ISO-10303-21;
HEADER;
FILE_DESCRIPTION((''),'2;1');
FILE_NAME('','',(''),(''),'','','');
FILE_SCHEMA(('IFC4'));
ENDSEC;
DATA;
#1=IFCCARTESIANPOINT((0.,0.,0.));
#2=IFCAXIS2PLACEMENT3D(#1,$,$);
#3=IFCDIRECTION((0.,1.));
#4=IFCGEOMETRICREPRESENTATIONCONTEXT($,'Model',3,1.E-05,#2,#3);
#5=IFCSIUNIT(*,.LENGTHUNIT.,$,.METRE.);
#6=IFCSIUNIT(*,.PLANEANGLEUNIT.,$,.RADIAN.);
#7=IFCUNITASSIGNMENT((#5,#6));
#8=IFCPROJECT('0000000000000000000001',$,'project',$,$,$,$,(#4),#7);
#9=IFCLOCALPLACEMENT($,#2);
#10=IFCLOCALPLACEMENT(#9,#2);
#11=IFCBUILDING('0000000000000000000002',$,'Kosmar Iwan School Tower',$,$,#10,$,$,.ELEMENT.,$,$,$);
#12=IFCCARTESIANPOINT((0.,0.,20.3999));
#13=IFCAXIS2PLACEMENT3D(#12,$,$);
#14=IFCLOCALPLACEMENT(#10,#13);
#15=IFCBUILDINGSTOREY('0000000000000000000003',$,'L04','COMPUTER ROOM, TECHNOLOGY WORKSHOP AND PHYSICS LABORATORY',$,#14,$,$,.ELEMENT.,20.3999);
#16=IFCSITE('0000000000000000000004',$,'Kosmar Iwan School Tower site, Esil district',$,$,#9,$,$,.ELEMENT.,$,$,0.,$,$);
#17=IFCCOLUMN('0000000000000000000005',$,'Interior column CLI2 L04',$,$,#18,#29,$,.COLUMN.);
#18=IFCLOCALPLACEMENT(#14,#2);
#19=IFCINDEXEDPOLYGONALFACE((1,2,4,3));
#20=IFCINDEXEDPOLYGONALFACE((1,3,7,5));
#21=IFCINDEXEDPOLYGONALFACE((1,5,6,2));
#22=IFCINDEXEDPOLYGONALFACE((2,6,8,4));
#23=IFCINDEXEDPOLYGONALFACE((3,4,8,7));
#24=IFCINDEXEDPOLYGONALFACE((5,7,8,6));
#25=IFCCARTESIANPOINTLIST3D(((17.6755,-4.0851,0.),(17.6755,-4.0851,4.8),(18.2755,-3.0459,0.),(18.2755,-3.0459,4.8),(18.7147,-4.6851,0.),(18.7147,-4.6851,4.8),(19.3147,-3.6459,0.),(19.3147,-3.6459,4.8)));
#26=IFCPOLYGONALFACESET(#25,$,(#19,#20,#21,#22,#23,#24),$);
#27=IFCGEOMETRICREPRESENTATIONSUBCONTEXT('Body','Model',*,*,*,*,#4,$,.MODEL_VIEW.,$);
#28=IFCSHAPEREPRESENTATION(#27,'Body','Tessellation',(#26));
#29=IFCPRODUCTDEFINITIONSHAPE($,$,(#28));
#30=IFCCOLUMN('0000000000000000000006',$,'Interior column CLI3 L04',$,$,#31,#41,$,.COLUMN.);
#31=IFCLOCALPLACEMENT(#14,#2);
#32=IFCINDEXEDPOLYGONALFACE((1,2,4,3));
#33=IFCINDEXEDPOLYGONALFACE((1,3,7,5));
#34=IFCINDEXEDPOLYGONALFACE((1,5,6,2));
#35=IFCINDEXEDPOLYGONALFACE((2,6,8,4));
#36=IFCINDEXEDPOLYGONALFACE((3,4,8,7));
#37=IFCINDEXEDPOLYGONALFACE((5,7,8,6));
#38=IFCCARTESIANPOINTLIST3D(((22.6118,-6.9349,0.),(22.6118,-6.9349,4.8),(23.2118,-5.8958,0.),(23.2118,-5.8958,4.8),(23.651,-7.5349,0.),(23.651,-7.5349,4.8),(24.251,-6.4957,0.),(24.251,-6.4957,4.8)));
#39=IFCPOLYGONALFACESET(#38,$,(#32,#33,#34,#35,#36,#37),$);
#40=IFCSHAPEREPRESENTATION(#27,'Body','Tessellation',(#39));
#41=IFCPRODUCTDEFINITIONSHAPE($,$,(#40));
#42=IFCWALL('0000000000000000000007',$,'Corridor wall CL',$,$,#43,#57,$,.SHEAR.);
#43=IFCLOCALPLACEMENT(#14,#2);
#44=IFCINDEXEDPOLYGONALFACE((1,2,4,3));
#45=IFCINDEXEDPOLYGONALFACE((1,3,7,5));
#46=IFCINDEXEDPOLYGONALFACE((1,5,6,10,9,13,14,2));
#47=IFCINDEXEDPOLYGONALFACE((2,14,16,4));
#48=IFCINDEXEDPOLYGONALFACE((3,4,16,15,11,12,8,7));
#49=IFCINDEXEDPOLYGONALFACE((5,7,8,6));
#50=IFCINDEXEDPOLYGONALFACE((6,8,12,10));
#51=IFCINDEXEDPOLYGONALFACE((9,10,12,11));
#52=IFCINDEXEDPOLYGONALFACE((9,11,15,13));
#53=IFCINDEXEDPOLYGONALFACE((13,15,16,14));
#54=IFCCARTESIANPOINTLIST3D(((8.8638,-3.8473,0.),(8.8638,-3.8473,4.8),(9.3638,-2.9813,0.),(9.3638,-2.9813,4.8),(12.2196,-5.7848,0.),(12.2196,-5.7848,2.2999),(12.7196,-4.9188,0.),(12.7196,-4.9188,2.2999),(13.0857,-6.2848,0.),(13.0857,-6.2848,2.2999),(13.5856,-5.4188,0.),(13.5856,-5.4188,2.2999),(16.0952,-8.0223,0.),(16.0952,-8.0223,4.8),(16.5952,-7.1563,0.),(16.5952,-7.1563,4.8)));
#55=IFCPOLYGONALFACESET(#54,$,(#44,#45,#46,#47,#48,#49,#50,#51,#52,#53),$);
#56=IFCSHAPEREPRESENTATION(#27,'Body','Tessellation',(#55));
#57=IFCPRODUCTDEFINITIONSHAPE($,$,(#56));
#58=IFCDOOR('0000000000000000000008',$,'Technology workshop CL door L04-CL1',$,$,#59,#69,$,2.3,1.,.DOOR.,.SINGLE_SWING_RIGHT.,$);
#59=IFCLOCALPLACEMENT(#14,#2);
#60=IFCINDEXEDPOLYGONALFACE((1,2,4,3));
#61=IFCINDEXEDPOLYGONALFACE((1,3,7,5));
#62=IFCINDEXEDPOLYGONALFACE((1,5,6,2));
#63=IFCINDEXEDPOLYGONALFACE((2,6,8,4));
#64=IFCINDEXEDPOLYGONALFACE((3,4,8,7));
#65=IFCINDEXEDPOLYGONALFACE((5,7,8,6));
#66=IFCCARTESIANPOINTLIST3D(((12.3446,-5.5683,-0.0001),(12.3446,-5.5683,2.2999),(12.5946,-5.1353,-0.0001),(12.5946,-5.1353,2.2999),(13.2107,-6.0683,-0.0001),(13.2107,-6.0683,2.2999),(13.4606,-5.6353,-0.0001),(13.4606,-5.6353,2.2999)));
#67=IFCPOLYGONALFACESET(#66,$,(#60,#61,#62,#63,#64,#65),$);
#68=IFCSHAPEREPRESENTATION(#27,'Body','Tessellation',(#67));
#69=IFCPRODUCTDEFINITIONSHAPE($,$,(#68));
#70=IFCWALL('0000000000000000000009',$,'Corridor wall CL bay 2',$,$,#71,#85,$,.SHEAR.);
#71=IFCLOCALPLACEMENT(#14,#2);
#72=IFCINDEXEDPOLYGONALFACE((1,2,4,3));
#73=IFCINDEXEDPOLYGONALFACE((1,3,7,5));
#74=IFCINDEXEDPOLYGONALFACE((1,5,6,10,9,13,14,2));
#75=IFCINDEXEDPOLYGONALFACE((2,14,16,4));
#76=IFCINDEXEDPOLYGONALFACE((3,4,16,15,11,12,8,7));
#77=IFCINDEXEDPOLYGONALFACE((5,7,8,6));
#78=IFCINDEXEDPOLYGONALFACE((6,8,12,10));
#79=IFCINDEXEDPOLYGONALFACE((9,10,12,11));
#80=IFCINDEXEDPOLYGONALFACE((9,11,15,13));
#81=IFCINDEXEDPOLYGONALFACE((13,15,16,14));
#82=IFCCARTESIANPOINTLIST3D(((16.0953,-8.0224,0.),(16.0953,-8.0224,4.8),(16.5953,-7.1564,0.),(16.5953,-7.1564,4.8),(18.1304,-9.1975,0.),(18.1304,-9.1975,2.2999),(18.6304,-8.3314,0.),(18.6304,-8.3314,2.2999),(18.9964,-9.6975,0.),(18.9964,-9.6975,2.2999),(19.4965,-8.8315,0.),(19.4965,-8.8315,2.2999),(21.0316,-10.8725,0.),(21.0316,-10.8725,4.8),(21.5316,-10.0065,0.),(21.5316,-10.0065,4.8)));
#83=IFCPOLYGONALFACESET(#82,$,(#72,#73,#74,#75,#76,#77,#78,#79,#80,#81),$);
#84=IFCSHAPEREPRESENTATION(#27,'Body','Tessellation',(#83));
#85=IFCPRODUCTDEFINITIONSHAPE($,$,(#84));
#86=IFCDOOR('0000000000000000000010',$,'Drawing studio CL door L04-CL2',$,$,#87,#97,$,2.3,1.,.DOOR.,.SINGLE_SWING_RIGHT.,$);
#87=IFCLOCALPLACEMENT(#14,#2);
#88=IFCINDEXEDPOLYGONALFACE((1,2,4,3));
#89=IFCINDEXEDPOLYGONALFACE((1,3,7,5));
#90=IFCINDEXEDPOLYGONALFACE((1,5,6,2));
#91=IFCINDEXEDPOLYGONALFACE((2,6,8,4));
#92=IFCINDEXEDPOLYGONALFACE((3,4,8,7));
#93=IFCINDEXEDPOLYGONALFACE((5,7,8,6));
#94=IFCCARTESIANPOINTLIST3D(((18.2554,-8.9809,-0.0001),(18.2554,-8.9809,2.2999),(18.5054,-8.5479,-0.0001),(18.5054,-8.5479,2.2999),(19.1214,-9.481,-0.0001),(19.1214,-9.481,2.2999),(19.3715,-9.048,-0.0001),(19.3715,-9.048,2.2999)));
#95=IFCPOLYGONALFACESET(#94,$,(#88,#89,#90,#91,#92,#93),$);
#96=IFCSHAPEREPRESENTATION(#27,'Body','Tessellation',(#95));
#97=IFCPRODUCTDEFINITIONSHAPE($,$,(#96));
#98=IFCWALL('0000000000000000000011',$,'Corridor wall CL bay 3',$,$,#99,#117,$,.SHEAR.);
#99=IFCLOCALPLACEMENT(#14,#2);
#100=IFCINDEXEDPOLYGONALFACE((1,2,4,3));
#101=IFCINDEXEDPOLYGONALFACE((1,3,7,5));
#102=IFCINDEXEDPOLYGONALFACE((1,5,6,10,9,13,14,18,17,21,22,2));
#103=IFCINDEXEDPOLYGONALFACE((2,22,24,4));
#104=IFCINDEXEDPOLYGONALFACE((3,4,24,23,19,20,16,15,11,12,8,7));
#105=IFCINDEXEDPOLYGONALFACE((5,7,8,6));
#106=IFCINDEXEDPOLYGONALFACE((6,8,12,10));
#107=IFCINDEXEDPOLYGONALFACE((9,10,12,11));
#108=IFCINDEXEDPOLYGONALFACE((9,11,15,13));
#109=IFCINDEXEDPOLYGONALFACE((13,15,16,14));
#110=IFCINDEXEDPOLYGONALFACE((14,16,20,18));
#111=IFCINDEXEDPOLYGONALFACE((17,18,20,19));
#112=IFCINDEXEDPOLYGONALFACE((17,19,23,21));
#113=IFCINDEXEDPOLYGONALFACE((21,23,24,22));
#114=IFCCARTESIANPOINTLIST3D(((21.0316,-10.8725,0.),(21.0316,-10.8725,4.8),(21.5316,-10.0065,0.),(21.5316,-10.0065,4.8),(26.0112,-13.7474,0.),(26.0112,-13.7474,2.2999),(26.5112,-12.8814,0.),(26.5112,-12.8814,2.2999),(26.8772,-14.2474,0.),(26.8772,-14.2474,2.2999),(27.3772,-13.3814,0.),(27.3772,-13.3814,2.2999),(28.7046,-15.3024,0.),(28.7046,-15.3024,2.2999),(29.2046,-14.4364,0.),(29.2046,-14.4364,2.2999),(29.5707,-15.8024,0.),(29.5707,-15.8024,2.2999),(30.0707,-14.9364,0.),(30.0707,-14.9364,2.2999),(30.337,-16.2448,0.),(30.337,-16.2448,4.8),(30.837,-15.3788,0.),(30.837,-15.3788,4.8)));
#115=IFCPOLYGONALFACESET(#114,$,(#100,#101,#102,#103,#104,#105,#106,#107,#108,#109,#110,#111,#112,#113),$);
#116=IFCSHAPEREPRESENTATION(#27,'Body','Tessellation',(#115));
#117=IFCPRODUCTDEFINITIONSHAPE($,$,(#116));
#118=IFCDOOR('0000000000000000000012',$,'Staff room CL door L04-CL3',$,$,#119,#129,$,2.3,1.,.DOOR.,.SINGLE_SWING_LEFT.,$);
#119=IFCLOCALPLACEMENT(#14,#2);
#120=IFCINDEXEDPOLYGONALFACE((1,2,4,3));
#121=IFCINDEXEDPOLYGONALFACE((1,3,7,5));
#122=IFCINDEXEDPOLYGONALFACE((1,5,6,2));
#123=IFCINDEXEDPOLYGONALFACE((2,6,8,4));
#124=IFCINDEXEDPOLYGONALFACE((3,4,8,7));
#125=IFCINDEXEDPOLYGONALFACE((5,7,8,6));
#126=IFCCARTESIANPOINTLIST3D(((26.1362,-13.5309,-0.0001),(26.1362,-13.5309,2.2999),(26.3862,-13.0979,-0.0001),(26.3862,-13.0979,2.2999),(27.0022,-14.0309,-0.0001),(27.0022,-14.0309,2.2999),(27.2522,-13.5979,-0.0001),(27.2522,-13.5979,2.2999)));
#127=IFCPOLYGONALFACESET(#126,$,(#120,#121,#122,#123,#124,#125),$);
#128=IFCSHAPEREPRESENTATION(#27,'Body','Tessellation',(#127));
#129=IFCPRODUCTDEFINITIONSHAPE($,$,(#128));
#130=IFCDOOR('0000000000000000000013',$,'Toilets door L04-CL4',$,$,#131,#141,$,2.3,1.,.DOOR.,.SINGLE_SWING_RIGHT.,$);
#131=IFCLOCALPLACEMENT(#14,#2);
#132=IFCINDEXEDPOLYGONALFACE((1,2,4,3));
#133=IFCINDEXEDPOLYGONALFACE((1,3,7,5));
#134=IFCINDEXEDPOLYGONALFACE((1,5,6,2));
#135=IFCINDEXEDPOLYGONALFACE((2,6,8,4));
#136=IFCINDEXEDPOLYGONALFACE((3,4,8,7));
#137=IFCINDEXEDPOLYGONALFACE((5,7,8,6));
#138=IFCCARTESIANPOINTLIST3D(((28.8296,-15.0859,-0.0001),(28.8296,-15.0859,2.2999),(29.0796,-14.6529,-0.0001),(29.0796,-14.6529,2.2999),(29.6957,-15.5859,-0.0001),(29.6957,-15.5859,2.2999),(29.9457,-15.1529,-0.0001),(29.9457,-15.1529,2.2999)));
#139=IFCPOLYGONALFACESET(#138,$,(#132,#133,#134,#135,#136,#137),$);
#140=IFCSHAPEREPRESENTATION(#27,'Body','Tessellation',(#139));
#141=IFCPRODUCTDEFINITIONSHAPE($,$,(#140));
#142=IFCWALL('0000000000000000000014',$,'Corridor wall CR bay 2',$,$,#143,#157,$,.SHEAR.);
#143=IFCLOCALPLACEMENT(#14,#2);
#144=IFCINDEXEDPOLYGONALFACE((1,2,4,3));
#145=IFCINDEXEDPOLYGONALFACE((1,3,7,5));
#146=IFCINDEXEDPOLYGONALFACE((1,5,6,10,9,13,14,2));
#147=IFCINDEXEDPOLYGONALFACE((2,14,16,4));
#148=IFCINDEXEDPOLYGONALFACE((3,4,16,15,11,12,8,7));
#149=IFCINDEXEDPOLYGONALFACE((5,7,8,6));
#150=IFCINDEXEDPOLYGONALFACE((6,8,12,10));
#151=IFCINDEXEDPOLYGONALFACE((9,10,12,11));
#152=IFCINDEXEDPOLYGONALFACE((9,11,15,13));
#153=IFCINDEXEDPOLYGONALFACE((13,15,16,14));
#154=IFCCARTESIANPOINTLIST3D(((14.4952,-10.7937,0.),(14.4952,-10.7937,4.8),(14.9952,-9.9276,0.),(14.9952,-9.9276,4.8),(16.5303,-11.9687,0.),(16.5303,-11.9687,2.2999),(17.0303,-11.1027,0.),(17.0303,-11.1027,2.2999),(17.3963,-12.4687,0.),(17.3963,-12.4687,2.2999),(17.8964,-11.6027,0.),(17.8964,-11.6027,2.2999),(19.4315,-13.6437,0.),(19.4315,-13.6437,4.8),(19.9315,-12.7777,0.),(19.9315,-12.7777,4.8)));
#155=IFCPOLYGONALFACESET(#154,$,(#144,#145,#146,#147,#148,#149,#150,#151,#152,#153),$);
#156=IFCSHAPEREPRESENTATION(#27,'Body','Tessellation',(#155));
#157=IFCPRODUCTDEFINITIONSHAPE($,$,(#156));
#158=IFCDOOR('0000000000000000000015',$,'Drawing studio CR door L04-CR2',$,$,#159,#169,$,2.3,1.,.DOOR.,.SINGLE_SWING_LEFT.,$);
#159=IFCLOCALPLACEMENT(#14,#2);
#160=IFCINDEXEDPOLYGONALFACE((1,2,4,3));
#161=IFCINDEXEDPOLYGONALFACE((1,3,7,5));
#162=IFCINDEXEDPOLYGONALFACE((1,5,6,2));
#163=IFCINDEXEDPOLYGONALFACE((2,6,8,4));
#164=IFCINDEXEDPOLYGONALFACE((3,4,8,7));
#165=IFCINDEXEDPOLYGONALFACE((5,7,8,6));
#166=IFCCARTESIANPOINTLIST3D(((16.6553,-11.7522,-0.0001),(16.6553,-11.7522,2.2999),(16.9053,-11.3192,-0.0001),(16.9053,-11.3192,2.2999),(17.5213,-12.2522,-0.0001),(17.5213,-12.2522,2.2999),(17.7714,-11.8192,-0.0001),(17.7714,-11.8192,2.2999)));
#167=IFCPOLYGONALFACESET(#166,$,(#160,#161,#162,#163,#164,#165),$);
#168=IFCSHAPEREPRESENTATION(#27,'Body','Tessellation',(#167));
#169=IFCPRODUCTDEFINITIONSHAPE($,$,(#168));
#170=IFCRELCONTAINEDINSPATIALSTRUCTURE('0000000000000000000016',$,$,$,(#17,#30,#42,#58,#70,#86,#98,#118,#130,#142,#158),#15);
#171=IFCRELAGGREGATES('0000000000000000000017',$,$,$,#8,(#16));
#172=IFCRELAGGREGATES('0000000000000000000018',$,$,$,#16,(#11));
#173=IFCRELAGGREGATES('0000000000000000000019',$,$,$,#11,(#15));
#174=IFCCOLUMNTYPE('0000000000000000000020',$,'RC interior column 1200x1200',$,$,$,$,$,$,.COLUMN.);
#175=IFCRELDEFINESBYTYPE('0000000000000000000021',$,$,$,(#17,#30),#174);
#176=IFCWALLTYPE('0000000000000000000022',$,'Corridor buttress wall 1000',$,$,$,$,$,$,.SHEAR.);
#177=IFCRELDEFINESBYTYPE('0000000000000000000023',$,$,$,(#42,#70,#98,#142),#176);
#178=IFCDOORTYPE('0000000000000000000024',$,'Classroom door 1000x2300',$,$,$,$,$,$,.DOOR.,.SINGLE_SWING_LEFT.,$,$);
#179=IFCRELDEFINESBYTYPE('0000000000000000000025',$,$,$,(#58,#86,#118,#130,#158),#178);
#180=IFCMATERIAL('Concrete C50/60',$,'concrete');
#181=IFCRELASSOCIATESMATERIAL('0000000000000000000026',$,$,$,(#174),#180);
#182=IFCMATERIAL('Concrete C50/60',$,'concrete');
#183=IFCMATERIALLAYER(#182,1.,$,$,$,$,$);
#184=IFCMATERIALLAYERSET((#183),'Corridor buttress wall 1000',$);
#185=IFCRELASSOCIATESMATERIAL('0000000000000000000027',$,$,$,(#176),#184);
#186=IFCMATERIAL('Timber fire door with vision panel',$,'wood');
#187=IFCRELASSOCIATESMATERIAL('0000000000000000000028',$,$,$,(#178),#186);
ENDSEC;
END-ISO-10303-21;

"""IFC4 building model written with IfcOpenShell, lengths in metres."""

from ifc_helpers import new_model, si_unit, direction, frame, frame_2d, origin, origin_2d, place, context, subcontext, project, spatial, rectangle, extrude, material, layer, layer_set, material_profile, profile_set, type_object, element, fill, save


model = new_model("IFC4")

# Units and contexts
model_context = context("Model", 3, precision=1e-05, world=origin(), true_north=direction((0.0, 1.0)))
body_context = subcontext(model_context, "Body", "Model", "MODEL_VIEW")
ifc_project = project(units=[si_unit("LENGTHUNIT", "METRE"), si_unit("PLANEANGLEUNIT", "RADIAN")], contexts=[model_context])

# Site, building, storey
site_placement = place(None, origin())
site = spatial("IfcSite", under=ifc_project, at=site_placement, Name="Kosmar Iwan School Tower site, Esil district", CompositionType="ELEMENT", RefElevation=0.0)
building_placement = place(site_placement, origin())
building = spatial("IfcBuilding", under=site, at=building_placement, Name="Kosmar Iwan School Tower", CompositionType="ELEMENT")
storey_placement = place(building_placement, frame((0.0, 0.0, 20.3999)))
storey = spatial("IfcBuildingStorey", under=building, at=storey_placement, Name="L04", Description="COMPUTER ROOM, TECHNOLOGY WORKSHOP AND PHYSICS LABORATORY", CompositionType="ELEMENT", Elevation=20.3999)

# Columns
ifc_material_1 = material(Name="Concrete C50/60", Category="concrete")
ifc_material_profile = material_profile(ifc_material_1, rectangle(XDim=1.2, YDim=1.2, at=origin_2d()), Name="RC 1200x1200")
ifc_profile_set = profile_set([ifc_material_profile], Name="Concrete C50/60")
column_type = type_object("IfcColumnType", Name="RC interior column 1200x1200", PredefinedType="COLUMN", material=ifc_profile_set)
for number, where, z_axis, x_axis, name in (
    (1, (18.4951, -3.8655, 0.0), (0.0, 0.0, 1.0), (0.866025, -0.5, 0.0), "Interior column CLI2 L04"),
    (2, (23.4314, -6.7153, 0.0), (0.0, 0.0, 1.0), (0.866025, -0.5, 0.0), "Interior column CLI3 L04"),
):
    element("IfcColumn", number, at=place(storey_placement, frame(where, z_axis=z_axis, x_axis=x_axis)), inside=storey, type_object=column_type, Name=name, PredefinedType="COLUMN", context=body_context, shape_type="SweptSolid", body=[
        extrude(rectangle(XDim=1.2, YDim=1.2, at=origin_2d()), origin(), (0.0, 0.0, 1.0), 4.8),
    ])

# Walls, openings, doors
ifc_material_2 = material(Name="Concrete C50/60", Category="concrete")
ifc_layer_1 = layer(ifc_material_2, 1.0)
ifc_layer_set_1 = layer_set([ifc_layer_1], Name="Corridor buttress wall 1000")
wall_type_1 = type_object("IfcWallType", Name="Corridor buttress wall 1000", PredefinedType="SHEAR", material=ifc_layer_set_1)
wall_1_placement = place(storey_placement, frame((9.1138, -3.4143, 0.0), z_axis=(0.0, 0.0, 1.0), x_axis=(0.866027, -0.499997, 0.0)))
wall_1 = element("IfcWall", 3, at=wall_1_placement, inside=storey, type_object=wall_type_1, Name="Corridor wall CL", PredefinedType="SHEAR", context=body_context, shape_type="SweptSolid", body=[
    extrude(rectangle(XDim=8.3501, YDim=1.0, at=frame_2d((4.175, 0.0))), origin(), (0.0, 0.0, 1.0), 4.8),
])
opening_1_placement = place(wall_1_placement, frame((3.875, 0.0, 0.0)))
opening_1 = element("IfcOpeningElement", 4, at=opening_1_placement, cuts=wall_1, PredefinedType="OPENING", context=body_context, shape_type="SweptSolid", body=[
    extrude(rectangle(XDim=1.0, YDim=2.3, at=frame_2d((0.5, 1.1499))), frame((0.0, 0.512, 0.0), z_axis=(0.0, -1.0, 0.0), x_axis=(1.0, 0.0, 0.0)), (0.0, 0.0, 1.0), 1.0239),
])
ifc_material_3 = material(Name="Timber fire door with vision panel", Category="wood")
door_type = type_object("IfcDoorType", Name="Classroom door 1000x2300", OperationType="SINGLE_SWING_LEFT", PredefinedType="DOOR", material=ifc_material_3)
door_1_placement = place(opening_1_placement, origin())
door_1 = element("IfcDoor", 5, at=door_1_placement, inside=storey, type_object=door_type, Name="Technology workshop CL door L04-CL1", OperationType="SINGLE_SWING_RIGHT", OverallHeight=2.3, OverallWidth=1.0, PredefinedType="DOOR", context=body_context, shape_type="SweptSolid", body=[
    extrude(rectangle(XDim=1.0, YDim=2.3, at=frame_2d((0.5, 1.1499))), frame((0.0, 0.25, 0.0), z_axis=(0.0, -1.0, 0.0), x_axis=(1.0, 0.0, 0.0)), (0.0, 0.0, 1.0), 0.5),
])
fill(opening_1, door_1)
wall_2_placement = place(storey_placement, frame((16.3452, -7.5894, 0.0), z_axis=(0.0, 0.0, 1.0), x_axis=(0.866015, -0.500018, 0.0)))
wall_2 = element("IfcWall", 6, at=wall_2_placement, inside=storey, type_object=wall_type_1, Name="Corridor wall CL bay 2", PredefinedType="SHEAR", context=body_context, shape_type="SweptSolid", body=[
    extrude(rectangle(XDim=5.7, YDim=1.0, at=frame_2d((2.8501, 0.0))), origin(), (0.0, 0.0, 1.0), 4.8),
])
opening_2_placement = place(wall_2_placement, frame((2.3501, 0.0, 0.0)))
opening_2 = element("IfcOpeningElement", 7, at=opening_2_placement, cuts=wall_2, PredefinedType="OPENING", context=body_context, shape_type="SweptSolid", body=[
    extrude(rectangle(XDim=1.0, YDim=2.3, at=frame_2d((0.5, 1.1499))), frame((0.0, 0.512, 0.0), z_axis=(0.0, -1.0, 0.0), x_axis=(1.0, 0.0, 0.0)), (0.0, 0.0, 1.0), 1.0239),
])
door_2_placement = place(opening_2_placement, origin())
door_2 = element("IfcDoor", 8, at=door_2_placement, inside=storey, type_object=door_type, Name="Drawing studio CL door L04-CL2", OperationType="SINGLE_SWING_RIGHT", OverallHeight=2.3, OverallWidth=1.0, PredefinedType="DOOR", context=body_context, shape_type="SweptSolid", body=[
    extrude(rectangle(XDim=1.0, YDim=2.3, at=frame_2d((0.5, 1.1499))), frame((0.0, 0.25, 0.0), z_axis=(0.0, -1.0, 0.0), x_axis=(1.0, 0.0, 0.0)), (0.0, 0.0, 1.0), 0.5),
])
fill(opening_2, door_2)

# Wall, openings, doors
wall_3_placement = place(storey_placement, frame((21.2815, -10.4395, 0.0), z_axis=(0.0, 0.0, 1.0), x_axis=(0.866032, -0.499988, 0.0)))
wall_3 = element("IfcWall", 9, at=wall_3_placement, inside=storey, type_object=wall_type_1, Name="Corridor wall CL bay 3", PredefinedType="SHEAR", context=body_context, shape_type="SweptSolid", body=[
    extrude(rectangle(XDim=10.7449, YDim=1.0, at=frame_2d((5.3726, 0.0))), origin(), (0.0, 0.0, 1.0), 4.8),
])
opening_3_placement = place(wall_3_placement, frame((5.75, 0.0, 0.0)))
opening_3 = element("IfcOpeningElement", 10, at=opening_3_placement, cuts=wall_3, PredefinedType="OPENING", context=body_context, shape_type="SweptSolid", body=[
    extrude(rectangle(XDim=1.0, YDim=2.3, at=frame_2d((0.5, 1.1499))), frame((0.0, 0.512, 0.0), z_axis=(0.0, -1.0, 0.0), x_axis=(1.0, 0.0, 0.0)), (0.0, 0.0, 1.0), 1.0239),
])
opening_4_placement = place(wall_3_placement, frame((8.8601, 0.0, 0.0)))
opening_4 = element("IfcOpeningElement", 11, at=opening_4_placement, cuts=wall_3, PredefinedType="OPENING", context=body_context, shape_type="SweptSolid", body=[
    extrude(rectangle(XDim=1.0, YDim=2.3, at=frame_2d((0.5, 1.1499))), frame((0.0, 0.512, 0.0), z_axis=(0.0, -1.0, 0.0), x_axis=(1.0, 0.0, 0.0)), (0.0, 0.0, 1.0), 1.0239),
])
door_3_placement = place(opening_3_placement, origin())
door_3 = element("IfcDoor", 12, at=door_3_placement, inside=storey, type_object=door_type, Name="Staff room CL door L04-CL3", OperationType="SINGLE_SWING_LEFT", OverallHeight=2.3, OverallWidth=1.0, PredefinedType="DOOR", context=body_context, shape_type="SweptSolid", body=[
    extrude(rectangle(XDim=1.0, YDim=2.3, at=frame_2d((0.5, 1.1499))), frame((0.0, 0.25, 0.0), z_axis=(0.0, -1.0, 0.0), x_axis=(1.0, 0.0, 0.0)), (0.0, 0.0, 1.0), 0.5),
])
fill(opening_3, door_3)
door_4_placement = place(opening_4_placement, origin())
door_4 = element("IfcDoor", 13, at=door_4_placement, inside=storey, type_object=door_type, Name="Toilets door L04-CL4", OperationType="SINGLE_SWING_RIGHT", OverallHeight=2.3, OverallWidth=1.0, PredefinedType="DOOR", context=body_context, shape_type="SweptSolid", body=[
    extrude(rectangle(XDim=1.0, YDim=2.3, at=frame_2d((0.5, 1.1499))), frame((0.0, 0.25, 0.0), z_axis=(0.0, -1.0, 0.0), x_axis=(1.0, 0.0, 0.0)), (0.0, 0.0, 1.0), 0.5),
])
fill(opening_4, door_4)

# Wall, opening, door
wall_4_placement = place(storey_placement, frame((14.7451, -10.3606, 0.0), z_axis=(0.0, 0.0, 1.0), x_axis=(0.866015, -0.500018, 0.0)))
wall_4 = element("IfcWall", 14, at=wall_4_placement, inside=storey, type_object=wall_type_1, Name="Corridor wall CR bay 2", PredefinedType="SHEAR", context=body_context, shape_type="SweptSolid", body=[
    extrude(rectangle(XDim=5.7, YDim=1.0, at=frame_2d((2.8501, 0.0))), origin(), (0.0, 0.0, 1.0), 4.8),
])
opening_5_placement = place(wall_4_placement, frame((2.3501, 0.0, 0.0)))
opening_5 = element("IfcOpeningElement", 15, at=opening_5_placement, cuts=wall_4, PredefinedType="OPENING", context=body_context, shape_type="SweptSolid", body=[
    extrude(rectangle(XDim=1.0, YDim=2.3, at=frame_2d((0.5, 1.1499))), frame((0.0, 0.512, 0.0), z_axis=(0.0, -1.0, 0.0), x_axis=(1.0, 0.0, 0.0)), (0.0, 0.0, 1.0), 1.0239),
])
door_5_placement = place(opening_5_placement, origin())
door_5 = element("IfcDoor", 16, at=door_5_placement, inside=storey, type_object=door_type, Name="Drawing studio CR door L04-CR2", OperationType="SINGLE_SWING_LEFT", OverallHeight=2.3, OverallWidth=1.0, PredefinedType="DOOR", context=body_context, shape_type="SweptSolid", body=[
    extrude(rectangle(XDim=1.0, YDim=2.3, at=frame_2d((0.5, 1.1499))), frame((0.0, 0.25, 0.0), z_axis=(0.0, -1.0, 0.0), x_axis=(1.0, 0.0, 0.0)), (0.0, 0.0, 1.0), 0.5),
])
fill(opening_5, door_5)

save(model, "model.ifc")
